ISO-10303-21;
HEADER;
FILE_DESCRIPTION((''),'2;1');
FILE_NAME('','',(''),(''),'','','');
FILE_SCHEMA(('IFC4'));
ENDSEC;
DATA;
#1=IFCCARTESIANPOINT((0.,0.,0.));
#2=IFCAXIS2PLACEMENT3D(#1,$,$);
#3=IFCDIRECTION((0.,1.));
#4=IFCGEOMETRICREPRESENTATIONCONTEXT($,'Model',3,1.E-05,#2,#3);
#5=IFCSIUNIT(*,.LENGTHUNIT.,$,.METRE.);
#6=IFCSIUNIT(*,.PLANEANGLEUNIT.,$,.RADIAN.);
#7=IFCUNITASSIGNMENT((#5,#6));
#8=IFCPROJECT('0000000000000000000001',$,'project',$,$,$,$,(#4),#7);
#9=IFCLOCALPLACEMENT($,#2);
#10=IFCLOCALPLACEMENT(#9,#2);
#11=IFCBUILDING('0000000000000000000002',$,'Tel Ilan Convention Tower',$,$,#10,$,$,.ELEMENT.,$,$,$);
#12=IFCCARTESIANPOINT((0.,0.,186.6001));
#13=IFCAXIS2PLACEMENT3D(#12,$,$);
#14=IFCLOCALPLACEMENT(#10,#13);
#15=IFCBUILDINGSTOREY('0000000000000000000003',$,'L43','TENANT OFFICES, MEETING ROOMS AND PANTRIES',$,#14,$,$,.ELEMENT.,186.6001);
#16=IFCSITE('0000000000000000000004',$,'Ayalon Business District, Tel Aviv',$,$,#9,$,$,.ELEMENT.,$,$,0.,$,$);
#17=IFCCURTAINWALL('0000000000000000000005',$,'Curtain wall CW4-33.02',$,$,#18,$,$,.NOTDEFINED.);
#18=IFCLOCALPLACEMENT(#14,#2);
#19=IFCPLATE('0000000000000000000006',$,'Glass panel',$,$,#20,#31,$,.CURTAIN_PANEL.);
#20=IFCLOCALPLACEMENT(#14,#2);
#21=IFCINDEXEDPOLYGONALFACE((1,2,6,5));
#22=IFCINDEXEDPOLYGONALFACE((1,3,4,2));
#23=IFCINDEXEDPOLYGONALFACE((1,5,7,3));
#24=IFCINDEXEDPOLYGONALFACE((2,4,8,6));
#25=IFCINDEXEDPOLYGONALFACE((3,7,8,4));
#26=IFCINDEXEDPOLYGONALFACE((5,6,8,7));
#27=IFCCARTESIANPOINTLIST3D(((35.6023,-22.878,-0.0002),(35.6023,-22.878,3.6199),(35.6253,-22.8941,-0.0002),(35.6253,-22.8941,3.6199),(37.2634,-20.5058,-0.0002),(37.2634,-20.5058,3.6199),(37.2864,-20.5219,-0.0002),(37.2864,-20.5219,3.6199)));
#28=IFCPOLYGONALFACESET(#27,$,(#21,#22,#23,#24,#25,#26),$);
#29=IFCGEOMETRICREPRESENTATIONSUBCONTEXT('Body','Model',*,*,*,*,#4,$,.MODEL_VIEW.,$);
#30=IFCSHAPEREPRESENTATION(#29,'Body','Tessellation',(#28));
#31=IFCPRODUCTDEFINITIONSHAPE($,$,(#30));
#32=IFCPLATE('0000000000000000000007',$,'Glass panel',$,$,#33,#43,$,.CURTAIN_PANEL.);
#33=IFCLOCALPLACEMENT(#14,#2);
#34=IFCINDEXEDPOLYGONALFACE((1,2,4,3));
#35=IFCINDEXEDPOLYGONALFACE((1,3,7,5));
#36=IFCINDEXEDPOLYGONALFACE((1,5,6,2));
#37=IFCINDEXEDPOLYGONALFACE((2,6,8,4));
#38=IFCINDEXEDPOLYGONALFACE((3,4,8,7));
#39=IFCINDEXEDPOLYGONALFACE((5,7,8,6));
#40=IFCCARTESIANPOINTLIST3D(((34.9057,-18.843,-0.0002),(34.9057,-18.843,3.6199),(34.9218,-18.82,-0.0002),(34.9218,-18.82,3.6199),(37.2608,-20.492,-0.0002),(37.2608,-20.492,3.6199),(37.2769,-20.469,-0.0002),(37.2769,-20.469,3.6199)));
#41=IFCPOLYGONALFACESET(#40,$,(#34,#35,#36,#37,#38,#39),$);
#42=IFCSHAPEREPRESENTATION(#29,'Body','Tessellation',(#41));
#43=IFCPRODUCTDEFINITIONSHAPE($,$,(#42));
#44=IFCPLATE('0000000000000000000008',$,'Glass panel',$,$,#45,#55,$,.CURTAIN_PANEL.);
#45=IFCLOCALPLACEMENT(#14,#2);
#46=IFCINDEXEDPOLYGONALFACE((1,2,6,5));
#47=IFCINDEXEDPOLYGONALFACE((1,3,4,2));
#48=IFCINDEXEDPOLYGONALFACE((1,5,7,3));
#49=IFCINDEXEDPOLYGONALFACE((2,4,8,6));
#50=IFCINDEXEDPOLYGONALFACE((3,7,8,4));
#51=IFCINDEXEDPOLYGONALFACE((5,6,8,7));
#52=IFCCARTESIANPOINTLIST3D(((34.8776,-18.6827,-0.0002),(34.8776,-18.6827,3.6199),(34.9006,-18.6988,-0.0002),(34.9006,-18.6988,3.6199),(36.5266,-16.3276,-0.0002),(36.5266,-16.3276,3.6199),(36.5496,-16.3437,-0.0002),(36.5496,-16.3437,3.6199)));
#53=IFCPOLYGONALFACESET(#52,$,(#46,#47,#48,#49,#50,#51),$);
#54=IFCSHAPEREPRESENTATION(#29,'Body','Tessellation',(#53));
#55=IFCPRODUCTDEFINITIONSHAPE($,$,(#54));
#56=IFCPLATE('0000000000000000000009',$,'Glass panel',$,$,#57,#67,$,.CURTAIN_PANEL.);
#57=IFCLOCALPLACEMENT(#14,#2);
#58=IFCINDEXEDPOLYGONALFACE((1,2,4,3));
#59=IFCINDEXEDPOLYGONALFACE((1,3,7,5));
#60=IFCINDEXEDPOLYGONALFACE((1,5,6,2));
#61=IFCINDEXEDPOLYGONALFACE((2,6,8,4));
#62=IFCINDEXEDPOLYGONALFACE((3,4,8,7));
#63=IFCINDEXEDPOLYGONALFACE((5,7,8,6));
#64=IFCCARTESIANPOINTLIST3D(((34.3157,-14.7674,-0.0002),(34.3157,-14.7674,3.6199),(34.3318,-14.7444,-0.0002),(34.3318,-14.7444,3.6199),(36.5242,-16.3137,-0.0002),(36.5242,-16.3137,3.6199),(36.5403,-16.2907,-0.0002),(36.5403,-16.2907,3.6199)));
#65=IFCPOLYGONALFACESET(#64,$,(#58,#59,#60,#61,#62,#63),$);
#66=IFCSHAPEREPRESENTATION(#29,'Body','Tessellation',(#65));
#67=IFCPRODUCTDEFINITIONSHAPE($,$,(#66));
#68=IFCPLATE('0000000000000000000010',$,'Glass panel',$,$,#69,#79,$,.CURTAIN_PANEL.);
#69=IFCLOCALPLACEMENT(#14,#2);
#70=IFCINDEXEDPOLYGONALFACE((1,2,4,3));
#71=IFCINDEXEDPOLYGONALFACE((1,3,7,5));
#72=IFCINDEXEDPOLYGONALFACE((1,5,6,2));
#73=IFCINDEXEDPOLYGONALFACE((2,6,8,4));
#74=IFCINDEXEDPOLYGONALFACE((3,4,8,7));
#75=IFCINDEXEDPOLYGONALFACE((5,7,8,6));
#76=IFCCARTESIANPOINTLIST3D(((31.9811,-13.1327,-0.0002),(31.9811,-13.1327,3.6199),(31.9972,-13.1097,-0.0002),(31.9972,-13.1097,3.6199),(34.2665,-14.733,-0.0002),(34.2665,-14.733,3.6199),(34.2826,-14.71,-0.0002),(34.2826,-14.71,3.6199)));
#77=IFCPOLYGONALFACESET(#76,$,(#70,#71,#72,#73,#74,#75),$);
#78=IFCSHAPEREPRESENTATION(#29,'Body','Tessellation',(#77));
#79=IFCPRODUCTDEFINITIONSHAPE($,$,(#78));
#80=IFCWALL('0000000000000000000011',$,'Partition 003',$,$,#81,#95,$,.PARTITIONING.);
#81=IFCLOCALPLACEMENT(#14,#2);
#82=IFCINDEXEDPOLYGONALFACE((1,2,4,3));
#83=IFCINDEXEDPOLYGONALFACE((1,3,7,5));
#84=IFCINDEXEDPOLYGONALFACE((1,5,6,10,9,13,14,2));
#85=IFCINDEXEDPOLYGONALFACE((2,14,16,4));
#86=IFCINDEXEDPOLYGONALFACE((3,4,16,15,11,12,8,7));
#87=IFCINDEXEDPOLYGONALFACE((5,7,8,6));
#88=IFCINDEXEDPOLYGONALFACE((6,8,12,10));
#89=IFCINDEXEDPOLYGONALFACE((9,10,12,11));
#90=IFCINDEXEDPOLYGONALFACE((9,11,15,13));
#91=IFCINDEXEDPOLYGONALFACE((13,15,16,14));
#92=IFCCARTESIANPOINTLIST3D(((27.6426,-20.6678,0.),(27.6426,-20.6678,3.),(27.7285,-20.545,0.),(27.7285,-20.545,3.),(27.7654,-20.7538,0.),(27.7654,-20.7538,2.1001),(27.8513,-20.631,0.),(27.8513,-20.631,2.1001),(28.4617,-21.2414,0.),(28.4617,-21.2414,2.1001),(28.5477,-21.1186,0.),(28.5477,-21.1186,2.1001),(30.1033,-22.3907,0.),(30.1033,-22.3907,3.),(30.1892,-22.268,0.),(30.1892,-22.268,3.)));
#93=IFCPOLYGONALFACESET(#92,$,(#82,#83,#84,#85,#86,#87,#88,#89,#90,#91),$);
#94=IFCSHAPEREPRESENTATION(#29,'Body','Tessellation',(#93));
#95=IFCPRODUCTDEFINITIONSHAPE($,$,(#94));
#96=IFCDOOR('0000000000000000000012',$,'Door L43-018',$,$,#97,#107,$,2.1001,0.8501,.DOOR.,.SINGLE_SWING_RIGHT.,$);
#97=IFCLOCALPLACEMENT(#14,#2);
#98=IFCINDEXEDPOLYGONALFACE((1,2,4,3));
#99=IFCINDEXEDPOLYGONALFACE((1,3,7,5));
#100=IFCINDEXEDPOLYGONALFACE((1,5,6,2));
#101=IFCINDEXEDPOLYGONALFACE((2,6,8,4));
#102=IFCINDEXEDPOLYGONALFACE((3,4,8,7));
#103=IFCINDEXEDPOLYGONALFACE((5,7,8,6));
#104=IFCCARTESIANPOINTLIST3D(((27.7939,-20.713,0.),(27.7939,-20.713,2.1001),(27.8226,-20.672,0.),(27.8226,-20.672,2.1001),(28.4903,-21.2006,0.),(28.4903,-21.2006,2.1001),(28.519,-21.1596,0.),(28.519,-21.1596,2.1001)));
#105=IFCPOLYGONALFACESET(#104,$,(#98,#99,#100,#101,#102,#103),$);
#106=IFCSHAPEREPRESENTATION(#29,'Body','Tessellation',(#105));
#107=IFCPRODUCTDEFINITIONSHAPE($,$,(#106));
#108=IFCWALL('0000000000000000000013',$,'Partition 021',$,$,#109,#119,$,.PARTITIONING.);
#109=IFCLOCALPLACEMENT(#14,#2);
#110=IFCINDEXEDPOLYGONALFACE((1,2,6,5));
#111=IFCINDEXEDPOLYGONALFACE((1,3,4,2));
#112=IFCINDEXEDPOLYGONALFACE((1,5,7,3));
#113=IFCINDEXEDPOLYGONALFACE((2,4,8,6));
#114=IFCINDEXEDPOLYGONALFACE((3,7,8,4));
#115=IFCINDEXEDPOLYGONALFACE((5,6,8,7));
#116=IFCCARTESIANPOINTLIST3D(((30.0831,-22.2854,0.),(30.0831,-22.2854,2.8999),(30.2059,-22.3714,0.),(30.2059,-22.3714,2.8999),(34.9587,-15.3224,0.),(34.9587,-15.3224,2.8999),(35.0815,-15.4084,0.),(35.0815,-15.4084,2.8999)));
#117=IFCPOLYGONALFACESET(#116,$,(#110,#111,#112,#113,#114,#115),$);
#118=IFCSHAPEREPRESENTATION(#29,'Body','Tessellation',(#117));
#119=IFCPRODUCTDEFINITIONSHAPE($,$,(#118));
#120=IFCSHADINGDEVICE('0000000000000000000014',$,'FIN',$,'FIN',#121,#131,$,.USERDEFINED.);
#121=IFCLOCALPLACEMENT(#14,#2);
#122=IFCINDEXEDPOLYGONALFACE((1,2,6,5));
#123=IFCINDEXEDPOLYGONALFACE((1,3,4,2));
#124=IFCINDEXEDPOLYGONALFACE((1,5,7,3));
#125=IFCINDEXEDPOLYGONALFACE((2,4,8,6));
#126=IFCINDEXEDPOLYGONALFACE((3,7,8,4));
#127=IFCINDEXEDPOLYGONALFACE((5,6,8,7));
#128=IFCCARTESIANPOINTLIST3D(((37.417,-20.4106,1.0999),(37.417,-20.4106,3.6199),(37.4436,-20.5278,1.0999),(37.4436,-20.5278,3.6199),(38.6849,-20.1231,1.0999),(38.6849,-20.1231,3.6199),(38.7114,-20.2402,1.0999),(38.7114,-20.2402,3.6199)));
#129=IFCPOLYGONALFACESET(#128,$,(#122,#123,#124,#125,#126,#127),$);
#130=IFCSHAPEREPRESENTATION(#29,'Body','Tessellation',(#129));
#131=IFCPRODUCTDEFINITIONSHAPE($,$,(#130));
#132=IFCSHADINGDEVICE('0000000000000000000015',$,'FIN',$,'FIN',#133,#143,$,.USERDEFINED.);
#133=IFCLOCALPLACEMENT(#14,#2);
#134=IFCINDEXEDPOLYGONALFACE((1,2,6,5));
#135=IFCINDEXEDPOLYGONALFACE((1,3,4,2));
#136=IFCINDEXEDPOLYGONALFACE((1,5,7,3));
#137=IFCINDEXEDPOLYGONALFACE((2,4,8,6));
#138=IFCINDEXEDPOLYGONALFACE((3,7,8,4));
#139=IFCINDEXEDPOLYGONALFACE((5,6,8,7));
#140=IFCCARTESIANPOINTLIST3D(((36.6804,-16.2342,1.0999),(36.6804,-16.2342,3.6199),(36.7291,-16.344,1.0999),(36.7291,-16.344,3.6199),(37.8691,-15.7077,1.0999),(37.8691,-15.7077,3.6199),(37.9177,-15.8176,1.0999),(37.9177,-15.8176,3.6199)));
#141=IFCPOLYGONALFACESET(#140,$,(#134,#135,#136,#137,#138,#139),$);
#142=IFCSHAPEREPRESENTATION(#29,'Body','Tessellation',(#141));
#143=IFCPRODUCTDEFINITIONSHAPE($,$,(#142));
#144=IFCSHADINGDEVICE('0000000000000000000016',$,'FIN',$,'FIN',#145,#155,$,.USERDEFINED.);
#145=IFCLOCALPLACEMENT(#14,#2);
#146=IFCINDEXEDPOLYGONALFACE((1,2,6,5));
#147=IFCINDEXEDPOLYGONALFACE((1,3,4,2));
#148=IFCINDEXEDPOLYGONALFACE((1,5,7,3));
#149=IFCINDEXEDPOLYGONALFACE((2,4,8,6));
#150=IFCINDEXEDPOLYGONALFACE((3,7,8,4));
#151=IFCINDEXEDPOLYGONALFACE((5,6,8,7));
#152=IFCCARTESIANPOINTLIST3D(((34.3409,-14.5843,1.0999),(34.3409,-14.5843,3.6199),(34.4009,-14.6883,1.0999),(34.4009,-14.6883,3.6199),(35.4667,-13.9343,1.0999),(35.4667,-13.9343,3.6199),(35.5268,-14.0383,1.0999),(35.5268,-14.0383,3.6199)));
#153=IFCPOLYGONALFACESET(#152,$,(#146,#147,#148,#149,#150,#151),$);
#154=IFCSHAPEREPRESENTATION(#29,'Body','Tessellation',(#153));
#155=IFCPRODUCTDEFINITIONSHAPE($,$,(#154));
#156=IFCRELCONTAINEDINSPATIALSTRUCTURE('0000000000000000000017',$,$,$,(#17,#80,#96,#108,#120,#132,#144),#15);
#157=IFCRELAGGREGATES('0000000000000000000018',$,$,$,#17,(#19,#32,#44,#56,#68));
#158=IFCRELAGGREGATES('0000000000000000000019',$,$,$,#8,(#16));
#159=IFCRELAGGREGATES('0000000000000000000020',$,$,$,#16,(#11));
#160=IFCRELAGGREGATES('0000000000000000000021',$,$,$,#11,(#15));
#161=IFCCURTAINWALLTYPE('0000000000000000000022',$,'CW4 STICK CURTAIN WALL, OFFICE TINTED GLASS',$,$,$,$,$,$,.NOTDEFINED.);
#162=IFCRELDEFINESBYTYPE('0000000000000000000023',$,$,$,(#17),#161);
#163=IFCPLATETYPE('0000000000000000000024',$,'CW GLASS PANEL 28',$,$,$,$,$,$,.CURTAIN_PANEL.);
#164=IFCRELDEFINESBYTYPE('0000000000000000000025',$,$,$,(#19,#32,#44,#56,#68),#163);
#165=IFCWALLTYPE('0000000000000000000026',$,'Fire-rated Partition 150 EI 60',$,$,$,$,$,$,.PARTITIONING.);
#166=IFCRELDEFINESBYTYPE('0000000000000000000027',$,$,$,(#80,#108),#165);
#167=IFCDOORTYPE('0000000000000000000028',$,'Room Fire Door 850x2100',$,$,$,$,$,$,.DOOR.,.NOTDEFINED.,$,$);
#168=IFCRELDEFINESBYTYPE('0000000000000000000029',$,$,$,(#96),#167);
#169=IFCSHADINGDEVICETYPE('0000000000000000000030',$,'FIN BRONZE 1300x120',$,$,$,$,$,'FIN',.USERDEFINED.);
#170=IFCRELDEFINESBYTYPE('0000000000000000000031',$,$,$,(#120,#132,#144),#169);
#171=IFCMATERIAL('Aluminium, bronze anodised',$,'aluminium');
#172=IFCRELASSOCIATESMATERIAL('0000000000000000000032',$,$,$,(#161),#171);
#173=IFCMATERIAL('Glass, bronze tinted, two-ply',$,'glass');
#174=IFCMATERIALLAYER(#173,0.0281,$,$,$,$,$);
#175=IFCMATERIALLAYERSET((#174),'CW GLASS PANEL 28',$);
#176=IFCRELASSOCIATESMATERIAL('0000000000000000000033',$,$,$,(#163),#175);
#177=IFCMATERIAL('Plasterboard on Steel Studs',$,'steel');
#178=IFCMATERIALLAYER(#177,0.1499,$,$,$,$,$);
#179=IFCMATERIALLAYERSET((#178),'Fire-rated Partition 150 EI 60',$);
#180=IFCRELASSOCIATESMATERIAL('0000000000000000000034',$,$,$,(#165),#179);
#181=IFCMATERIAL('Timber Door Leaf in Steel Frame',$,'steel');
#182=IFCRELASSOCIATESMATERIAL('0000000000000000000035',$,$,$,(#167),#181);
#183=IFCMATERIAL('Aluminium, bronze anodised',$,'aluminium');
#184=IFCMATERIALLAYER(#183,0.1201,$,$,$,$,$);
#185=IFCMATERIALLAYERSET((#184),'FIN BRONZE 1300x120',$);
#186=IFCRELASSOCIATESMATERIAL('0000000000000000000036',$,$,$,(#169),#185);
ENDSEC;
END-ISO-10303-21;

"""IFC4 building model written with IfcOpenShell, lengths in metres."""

from ifc_helpers import new_model, si_unit, direction, frame, frame_2d, origin, origin_2d, place, context, subcontext, project, spatial, rectangle, extrude, material, layer, layer_set, type_object, element, fill, aggregate, save


model = new_model("IFC4")

# Units and contexts
model_context = context("Model", 3, precision=1e-05, world=origin(), true_north=direction((0.0, 1.0)))
body_context = subcontext(model_context, "Body", "Model", "MODEL_VIEW")
ifc_project = project(units=[si_unit("LENGTHUNIT", "METRE"), si_unit("PLANEANGLEUNIT", "RADIAN")], contexts=[model_context])

# Site, building, storey
site_placement = place(None, origin())
site = spatial("IfcSite", under=ifc_project, at=site_placement, Name="Ayalon Business District, Tel Aviv", CompositionType="ELEMENT", RefElevation=0.0)
building_placement = place(site_placement, origin())
building = spatial("IfcBuilding", under=site, at=building_placement, Name="Tel Ilan Convention Tower", CompositionType="ELEMENT")
storey_placement = place(building_placement, frame((0.0, 0.0, 186.6001)))
storey = spatial("IfcBuildingStorey", under=building, at=storey_placement, Name="L43", Description="TENANT OFFICES, MEETING ROOMS AND PANTRIES", CompositionType="ELEMENT", Elevation=186.6001)

# Curtain wall, plates
ifc_material_1 = material(Name="Aluminium, bronze anodised", Category="aluminium")
curtain_wall_type = type_object("IfcCurtainWallType", Name="CW4 STICK CURTAIN WALL, OFFICE TINTED GLASS", PredefinedType="NOTDEFINED", material=ifc_material_1)
curtain_wall_placement = place(storey_placement, origin())
curtain_wall = element("IfcCurtainWall", 1, at=curtain_wall_placement, inside=storey, type_object=curtain_wall_type, Name="Curtain wall CW4-33.02", PredefinedType="NOTDEFINED")
ifc_material_2 = material(Name="Glass, bronze tinted, two-ply", Category="glass")
ifc_layer_1 = layer(ifc_material_2, 0.0281)
ifc_layer_set_1 = layer_set([ifc_layer_1], Name="CW GLASS PANEL 28")
plate_type = type_object("IfcPlateType", Name="CW GLASS PANEL 28", PredefinedType="CURTAIN_PANEL", material=ifc_layer_set_1)
plate_1_placement = place(storey_placement, frame((36.4443, -21.7, -0.0002), z_axis=(0.0, 0.0, 1.0), x_axis=(0.573576, 0.819152, 0.0)))
plate_1 = element("IfcPlate", 2, at=plate_1_placement, type_object=plate_type, Name="Glass panel", PredefinedType="CURTAIN_PANEL", context=body_context, shape_type="SweptSolid", body=[
    extrude(rectangle(XDim=2.896, YDim=0.0281, at=origin_2d()), origin(), (0.0, 0.0, 1.0), 3.6201),
])
plate_2_placement = place(storey_placement, frame((36.0913, -19.656, -0.0002), z_axis=(0.0, 0.0, 1.0), x_axis=(-0.819152, 0.573576, 0.0)))
plate_2 = element("IfcPlate", 3, at=plate_2_placement, type_object=plate_type, Name="Glass panel", PredefinedType="CURTAIN_PANEL", context=body_context, shape_type="SweptSolid", body=[
    extrude(rectangle(XDim=2.875, YDim=0.0281, at=origin_2d()), origin(), (0.0, 0.0, 1.0), 3.6201),
])
plate_3_placement = place(storey_placement, frame((35.7136, -17.5132, -0.0002), z_axis=(0.0, 0.0, 1.0), x_axis=(0.573576, 0.819152, 0.0)))
plate_3 = element("IfcPlate", 4, at=plate_3_placement, type_object=plate_type, Name="Glass panel", PredefinedType="CURTAIN_PANEL", context=body_context, shape_type="SweptSolid", body=[
    extrude(rectangle(XDim=2.875, YDim=0.0281, at=origin_2d()), origin(), (0.0, 0.0, 1.0), 3.6201),
])
plate_4_placement = place(storey_placement, frame((35.428, -15.5291, -0.0002), z_axis=(0.0, 0.0, 1.0), x_axis=(-0.819152, 0.573576, 0.0)))
plate_4 = element("IfcPlate", 5, at=plate_4_placement, type_object=plate_type, Name="Glass panel", PredefinedType="CURTAIN_PANEL", context=body_context, shape_type="SweptSolid", body=[
    extrude(rectangle(XDim=2.696, YDim=0.0281, at=origin_2d()), origin(), (0.0, 0.0, 1.0), 3.6201),
])
plate_5_placement = place(storey_placement, frame((33.1318, -13.9214, -0.0002), z_axis=(0.0, 0.0, 1.0), x_axis=(-0.819152, 0.573576, 0.0)))
plate_5 = element("IfcPlate", 6, at=plate_5_placement, type_object=plate_type, Name="Glass panel", PredefinedType="CURTAIN_PANEL", context=body_context, shape_type="SweptSolid", body=[
    extrude(rectangle(XDim=2.79, YDim=0.0281, at=origin_2d()), origin(), (0.0, 0.0, 1.0), 3.6201),
])
aggregate(curtain_wall, [plate_1, plate_2, plate_3, plate_4, plate_5])

# Wall, opening, door
ifc_material_3 = material(Name="Plasterboard on Steel Studs", Category="steel")
ifc_layer_2 = layer(ifc_material_3, 0.1499)
ifc_layer_set_2 = layer_set([ifc_layer_2], Name="Fire-rated Partition 150 EI 60")
wall_type = type_object("IfcWallType", Name="Fire-rated Partition 150 EI 60", PredefinedType="PARTITIONING", material=ifc_layer_set_2)
wall_1_placement = place(storey_placement, frame((27.6855, -20.6064, 0.0), z_axis=(0.0, 0.0, 1.0), x_axis=(0.819167, -0.573555, 0.0)))
wall_1 = element("IfcWall", 7, at=wall_1_placement, inside=storey, type_object=wall_type, Name="Partition 003", PredefinedType="PARTITIONING", context=body_context, shape_type="SweptSolid", body=[
    extrude(rectangle(XDim=3.0039, YDim=0.1499, at=frame_2d((1.502, 0.0))), origin(), (0.0, 0.0, 1.0), 3.0),
])
opening_placement = place(wall_1_placement, frame((0.1499, 0.0, 0.0)))
opening = element("IfcOpeningElement", 8, at=opening_placement, cuts=wall_1, PredefinedType="OPENING", context=body_context, shape_type="SweptSolid", body=[
    extrude(rectangle(XDim=0.8501, YDim=2.1001, at=frame_2d((0.425, 1.05))), frame((0.0, 0.085, 0.0), z_axis=(0.0, -1.0, 0.0), x_axis=(1.0, 0.0, 0.0)), (0.0, 0.0, 1.0), 0.1699),
])
ifc_material_4 = material(Name="Timber Door Leaf in Steel Frame", Category="steel")
door_type = type_object("IfcDoorType", Name="Room Fire Door 850x2100", OperationType="NOTDEFINED", PredefinedType="DOOR", material=ifc_material_4)
door_placement = place(opening_placement, origin())
door = element("IfcDoor", 9, at=door_placement, inside=storey, type_object=door_type, Name="Door L43-018", OperationType="SINGLE_SWING_RIGHT", OverallHeight=2.1001, OverallWidth=0.8501, PredefinedType="DOOR", context=body_context, shape_type="SweptSolid", body=[
    extrude(rectangle(XDim=0.8501, YDim=2.1001, at=frame_2d((0.425, 1.05))), frame((0.0, 0.0249, 0.0), z_axis=(0.0, -1.0, 0.0), x_axis=(1.0, 0.0, 0.0)), (0.0, 0.0, 1.0), 0.05),
])
fill(opening, door)

# Wall
wall_2_placement = place(storey_placement, frame((35.02, -15.3655, 0.0), z_axis=(0.0, 0.0, 1.0), x_axis=(-0.573578, -0.819151, 0.0)))
element("IfcWall", 10, at=wall_2_placement, inside=storey, type_object=wall_type, Name="Partition 021", PredefinedType="PARTITIONING", context=body_context, shape_type="SweptSolid", body=[
    extrude(rectangle(XDim=8.5002, YDim=0.1499, at=frame_2d((4.25, 0.0))), origin(), (0.0, 0.0, 1.0), 2.8999),
])

# Shading devices
ifc_material_5 = material(Name="Aluminium, bronze anodised", Category="aluminium")
ifc_layer_3 = layer(ifc_material_5, 0.1201)
ifc_layer_set_3 = layer_set([ifc_layer_3], Name="FIN BRONZE 1300x120")
shading_device_type = type_object("IfcShadingDeviceType", Name="FIN BRONZE 1300x120", ElementType="FIN", PredefinedType="USERDEFINED", material=ifc_layer_set_3)
for number, where, z_axis, x_axis, name in (
    (11, (38.0642, -20.3254, 1.0999), (0.0, 0.0, 1.0), (0.975235, 0.22117, 0.0), "FIN"),
    (12, (37.2991, -16.0259, 1.0999), (0.0, 0.0, 1.0), (0.914333, 0.404964, 0.0), "FIN"),
    (13, (34.9338, -14.3113, 1.0999), (0.0, 0.0, 1.0), (0.866025, 0.5, 0.0), "FIN"),
):
    element("IfcShadingDevice", number, at=place(storey_placement, frame(where, z_axis=z_axis, x_axis=x_axis)), inside=storey, type_object=shading_device_type, Name=name, ObjectType="FIN", PredefinedType="USERDEFINED", context=body_context, shape_type="SweptSolid", body=[
        extrude(rectangle(XDim=1.3, YDim=0.1201, at=origin_2d()), origin(), (0.0, 0.0, 1.0), 2.52),
    ])

save(model, "model.ifc")
